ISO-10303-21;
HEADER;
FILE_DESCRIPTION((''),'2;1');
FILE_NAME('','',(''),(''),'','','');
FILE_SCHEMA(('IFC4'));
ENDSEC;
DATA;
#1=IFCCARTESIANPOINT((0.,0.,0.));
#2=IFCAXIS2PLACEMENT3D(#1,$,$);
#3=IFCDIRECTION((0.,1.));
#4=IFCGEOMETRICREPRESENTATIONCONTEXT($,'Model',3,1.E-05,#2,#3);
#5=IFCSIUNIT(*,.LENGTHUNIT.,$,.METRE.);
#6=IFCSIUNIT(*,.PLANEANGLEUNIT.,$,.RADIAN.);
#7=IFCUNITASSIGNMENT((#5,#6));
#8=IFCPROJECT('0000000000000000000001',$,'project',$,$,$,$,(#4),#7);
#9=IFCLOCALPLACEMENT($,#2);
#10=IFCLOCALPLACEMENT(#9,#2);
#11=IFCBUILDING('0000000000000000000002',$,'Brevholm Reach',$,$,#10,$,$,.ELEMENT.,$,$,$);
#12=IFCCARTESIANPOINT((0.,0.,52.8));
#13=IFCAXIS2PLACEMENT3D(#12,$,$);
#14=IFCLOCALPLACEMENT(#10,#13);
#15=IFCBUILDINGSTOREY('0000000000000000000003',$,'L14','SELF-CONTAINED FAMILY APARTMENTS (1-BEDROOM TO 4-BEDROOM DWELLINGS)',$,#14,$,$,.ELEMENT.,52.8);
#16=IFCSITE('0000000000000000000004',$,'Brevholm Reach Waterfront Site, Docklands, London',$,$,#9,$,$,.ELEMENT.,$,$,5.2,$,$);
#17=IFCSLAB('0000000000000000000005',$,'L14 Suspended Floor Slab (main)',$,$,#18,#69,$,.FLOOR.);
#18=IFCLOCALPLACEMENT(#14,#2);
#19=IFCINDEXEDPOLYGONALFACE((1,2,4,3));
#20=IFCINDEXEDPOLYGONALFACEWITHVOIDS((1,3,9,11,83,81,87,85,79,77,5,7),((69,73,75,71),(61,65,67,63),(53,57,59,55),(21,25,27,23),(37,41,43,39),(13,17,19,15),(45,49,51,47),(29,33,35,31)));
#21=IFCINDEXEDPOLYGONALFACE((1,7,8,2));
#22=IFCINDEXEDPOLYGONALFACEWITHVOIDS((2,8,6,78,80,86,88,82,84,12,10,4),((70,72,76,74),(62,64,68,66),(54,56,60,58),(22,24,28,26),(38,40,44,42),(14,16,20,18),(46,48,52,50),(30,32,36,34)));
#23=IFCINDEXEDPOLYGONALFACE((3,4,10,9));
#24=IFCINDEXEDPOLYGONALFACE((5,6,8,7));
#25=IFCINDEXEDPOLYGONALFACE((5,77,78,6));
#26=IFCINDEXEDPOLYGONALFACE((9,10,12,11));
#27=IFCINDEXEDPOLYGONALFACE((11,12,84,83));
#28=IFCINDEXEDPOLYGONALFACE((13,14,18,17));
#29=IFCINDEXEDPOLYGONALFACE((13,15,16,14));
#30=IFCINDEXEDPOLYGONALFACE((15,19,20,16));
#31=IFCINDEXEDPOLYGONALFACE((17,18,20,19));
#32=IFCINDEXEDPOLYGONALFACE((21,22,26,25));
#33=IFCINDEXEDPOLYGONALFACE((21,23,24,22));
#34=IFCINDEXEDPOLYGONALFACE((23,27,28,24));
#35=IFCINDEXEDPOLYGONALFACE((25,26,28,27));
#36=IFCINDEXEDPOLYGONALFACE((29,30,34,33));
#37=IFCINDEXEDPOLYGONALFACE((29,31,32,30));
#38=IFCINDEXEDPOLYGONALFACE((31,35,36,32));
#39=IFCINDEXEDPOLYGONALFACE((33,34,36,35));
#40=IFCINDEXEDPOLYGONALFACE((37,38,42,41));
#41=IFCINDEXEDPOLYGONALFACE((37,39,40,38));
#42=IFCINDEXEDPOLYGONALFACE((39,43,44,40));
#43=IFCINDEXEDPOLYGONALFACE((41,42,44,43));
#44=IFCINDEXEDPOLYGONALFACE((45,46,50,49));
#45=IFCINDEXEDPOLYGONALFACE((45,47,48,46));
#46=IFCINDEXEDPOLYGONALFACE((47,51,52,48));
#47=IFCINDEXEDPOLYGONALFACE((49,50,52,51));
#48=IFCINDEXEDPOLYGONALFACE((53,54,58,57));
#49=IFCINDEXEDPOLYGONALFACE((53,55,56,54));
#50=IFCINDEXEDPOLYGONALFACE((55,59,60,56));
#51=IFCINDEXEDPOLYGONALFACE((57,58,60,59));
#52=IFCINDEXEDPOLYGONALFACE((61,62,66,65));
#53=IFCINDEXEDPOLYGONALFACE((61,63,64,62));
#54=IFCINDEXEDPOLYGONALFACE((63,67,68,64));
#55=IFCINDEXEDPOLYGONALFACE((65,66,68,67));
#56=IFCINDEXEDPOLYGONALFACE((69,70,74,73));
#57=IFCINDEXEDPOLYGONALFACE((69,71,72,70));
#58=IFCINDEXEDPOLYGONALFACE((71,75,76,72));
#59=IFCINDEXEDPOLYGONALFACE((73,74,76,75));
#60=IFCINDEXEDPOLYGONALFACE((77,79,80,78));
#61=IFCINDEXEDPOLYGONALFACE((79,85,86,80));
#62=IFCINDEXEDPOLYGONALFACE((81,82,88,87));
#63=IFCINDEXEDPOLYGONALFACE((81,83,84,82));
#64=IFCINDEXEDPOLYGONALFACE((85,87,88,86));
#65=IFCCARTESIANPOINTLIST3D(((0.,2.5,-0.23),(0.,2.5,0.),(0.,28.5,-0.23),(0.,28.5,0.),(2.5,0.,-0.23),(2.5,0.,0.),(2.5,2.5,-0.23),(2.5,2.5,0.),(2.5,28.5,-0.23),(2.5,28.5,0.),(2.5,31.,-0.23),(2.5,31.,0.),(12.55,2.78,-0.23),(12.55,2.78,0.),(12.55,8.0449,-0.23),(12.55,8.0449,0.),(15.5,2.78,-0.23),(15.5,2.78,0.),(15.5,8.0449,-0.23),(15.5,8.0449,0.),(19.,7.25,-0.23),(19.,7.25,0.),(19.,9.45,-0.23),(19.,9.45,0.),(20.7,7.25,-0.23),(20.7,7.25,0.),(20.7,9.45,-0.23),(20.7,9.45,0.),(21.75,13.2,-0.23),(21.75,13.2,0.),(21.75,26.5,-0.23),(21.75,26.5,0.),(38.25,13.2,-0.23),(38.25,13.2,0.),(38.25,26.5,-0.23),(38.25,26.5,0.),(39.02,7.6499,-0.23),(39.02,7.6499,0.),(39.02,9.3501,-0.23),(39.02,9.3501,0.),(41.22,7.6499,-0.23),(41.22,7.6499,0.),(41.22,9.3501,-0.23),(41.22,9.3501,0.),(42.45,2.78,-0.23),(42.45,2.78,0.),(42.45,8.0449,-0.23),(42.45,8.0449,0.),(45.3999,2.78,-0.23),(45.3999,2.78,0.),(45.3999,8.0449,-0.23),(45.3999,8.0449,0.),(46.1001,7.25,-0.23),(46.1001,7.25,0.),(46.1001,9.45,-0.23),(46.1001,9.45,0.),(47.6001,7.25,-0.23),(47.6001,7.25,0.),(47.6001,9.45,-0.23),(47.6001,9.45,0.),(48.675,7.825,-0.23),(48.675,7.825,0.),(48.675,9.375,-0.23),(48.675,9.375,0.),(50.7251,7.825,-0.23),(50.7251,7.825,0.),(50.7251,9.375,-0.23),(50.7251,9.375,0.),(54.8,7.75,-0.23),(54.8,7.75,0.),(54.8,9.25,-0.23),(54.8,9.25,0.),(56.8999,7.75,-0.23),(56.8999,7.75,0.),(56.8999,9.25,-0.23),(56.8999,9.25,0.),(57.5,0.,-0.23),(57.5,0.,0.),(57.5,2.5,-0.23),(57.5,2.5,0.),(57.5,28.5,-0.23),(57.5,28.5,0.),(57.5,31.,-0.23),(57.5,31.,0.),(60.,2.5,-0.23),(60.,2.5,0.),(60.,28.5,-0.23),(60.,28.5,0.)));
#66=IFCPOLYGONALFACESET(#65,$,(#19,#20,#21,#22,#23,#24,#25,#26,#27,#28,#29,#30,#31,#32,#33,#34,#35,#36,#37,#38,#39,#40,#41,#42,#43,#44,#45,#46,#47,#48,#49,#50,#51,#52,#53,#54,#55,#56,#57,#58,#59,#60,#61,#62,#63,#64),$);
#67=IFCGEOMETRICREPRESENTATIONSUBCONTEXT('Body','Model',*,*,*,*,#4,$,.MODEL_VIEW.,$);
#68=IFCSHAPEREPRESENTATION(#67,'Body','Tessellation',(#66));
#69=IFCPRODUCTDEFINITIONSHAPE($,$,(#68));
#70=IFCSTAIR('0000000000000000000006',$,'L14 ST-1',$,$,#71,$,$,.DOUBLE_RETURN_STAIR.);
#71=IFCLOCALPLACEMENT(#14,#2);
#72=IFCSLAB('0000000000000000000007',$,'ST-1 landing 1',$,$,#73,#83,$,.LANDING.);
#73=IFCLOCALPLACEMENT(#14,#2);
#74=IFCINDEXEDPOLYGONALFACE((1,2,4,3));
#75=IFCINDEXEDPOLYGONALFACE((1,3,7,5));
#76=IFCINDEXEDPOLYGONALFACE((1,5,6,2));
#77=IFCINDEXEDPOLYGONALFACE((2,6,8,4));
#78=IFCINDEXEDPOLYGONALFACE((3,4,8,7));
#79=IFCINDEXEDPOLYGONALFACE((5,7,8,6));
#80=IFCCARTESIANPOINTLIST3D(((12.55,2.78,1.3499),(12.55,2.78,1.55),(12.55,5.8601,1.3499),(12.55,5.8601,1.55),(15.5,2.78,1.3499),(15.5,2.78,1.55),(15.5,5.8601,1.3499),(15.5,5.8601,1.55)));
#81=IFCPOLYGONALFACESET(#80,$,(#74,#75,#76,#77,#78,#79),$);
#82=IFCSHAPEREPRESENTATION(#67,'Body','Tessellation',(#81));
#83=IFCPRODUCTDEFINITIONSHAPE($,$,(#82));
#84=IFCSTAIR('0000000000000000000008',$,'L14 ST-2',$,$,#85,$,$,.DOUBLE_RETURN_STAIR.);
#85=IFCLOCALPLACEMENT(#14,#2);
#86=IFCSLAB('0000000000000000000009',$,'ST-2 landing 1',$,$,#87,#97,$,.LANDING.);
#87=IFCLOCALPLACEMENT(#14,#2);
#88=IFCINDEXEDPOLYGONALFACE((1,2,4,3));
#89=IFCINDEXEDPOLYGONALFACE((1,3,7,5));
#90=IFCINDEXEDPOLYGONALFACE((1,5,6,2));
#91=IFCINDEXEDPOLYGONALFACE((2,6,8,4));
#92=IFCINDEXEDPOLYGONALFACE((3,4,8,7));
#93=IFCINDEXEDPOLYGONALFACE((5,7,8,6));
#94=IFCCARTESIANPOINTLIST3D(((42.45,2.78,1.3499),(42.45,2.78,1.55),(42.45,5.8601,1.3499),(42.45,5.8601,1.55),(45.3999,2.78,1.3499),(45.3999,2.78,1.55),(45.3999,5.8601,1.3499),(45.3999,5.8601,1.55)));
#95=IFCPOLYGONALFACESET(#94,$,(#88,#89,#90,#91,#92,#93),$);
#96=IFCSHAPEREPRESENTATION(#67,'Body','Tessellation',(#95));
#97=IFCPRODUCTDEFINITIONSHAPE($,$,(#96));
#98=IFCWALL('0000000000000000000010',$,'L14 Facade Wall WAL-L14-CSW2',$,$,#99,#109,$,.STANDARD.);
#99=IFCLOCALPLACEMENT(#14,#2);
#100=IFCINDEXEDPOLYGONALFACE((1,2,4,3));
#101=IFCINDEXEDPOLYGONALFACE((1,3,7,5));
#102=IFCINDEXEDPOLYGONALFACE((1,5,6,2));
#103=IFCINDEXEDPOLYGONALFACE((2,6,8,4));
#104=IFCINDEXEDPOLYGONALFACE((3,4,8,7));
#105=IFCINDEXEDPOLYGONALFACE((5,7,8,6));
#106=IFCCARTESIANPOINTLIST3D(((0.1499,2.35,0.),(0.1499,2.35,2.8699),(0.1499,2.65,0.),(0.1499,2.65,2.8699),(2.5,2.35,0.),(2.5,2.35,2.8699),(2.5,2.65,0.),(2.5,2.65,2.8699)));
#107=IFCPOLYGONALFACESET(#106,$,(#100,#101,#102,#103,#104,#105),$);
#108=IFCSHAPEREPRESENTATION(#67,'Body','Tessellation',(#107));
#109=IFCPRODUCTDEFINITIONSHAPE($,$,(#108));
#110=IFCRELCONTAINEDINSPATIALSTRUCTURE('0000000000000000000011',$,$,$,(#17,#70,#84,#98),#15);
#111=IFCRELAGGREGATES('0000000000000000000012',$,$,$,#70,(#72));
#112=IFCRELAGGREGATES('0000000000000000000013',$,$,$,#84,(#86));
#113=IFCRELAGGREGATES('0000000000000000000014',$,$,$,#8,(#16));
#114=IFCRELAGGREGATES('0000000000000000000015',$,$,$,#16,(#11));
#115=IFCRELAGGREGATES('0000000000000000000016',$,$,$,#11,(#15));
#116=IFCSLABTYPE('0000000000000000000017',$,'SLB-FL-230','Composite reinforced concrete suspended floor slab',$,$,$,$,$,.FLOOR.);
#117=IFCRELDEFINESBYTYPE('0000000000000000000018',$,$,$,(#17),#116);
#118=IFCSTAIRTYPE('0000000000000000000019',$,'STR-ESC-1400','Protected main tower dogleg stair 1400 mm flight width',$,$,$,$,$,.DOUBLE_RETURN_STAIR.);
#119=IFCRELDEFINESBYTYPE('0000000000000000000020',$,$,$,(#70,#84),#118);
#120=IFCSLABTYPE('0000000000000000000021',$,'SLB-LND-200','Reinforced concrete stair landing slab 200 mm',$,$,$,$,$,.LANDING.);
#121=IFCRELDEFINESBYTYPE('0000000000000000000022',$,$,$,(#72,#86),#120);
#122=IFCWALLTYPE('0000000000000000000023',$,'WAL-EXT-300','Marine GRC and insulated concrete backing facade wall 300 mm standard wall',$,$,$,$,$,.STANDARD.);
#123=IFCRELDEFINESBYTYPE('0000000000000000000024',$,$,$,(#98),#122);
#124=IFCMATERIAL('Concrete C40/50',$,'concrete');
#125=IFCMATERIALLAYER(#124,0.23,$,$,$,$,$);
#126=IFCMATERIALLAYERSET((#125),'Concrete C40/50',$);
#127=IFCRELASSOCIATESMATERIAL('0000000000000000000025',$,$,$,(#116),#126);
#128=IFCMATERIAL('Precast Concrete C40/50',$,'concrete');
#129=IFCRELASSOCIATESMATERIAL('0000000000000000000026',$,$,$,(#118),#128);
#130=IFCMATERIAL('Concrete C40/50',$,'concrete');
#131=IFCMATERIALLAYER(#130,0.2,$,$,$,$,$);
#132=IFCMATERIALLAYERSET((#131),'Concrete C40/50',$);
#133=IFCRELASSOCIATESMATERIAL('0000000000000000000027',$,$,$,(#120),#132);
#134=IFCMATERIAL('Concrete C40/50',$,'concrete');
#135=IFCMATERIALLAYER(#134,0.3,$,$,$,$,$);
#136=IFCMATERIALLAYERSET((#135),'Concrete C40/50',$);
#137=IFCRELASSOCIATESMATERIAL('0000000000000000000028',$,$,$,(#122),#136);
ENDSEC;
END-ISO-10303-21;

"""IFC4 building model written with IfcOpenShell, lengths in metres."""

from ifc_helpers import new_model, si_unit, direction, frame, frame_2d, origin, place, context, subcontext, project, spatial, polyline, rectangle, outline, extrude, material, layer, layer_set, type_object, element, aggregate, save


model = new_model("IFC4")

# Units and contexts
model_context = context("Model", 3, precision=1e-05, world=origin(), true_north=direction((0.0, 1.0)))
body_context = subcontext(model_context, "Body", "Model", "MODEL_VIEW")
ifc_project = project(units=[si_unit("LENGTHUNIT", "METRE"), si_unit("PLANEANGLEUNIT", "RADIAN")], contexts=[model_context])

# Site, building, storey
site_placement = place(None, origin())
site = spatial("IfcSite", under=ifc_project, at=site_placement, Name="Brevholm Reach Waterfront Site, Docklands, London", CompositionType="ELEMENT", RefElevation=5.2)
building_placement = place(site_placement, origin())
building = spatial("IfcBuilding", under=site, at=building_placement, Name="Brevholm Reach", CompositionType="ELEMENT")
storey_placement = place(building_placement, frame((0.0, 0.0, 52.8)))
storey = spatial("IfcBuildingStorey", under=building, at=storey_placement, Name="L14", Description="SELF-CONTAINED FAMILY APARTMENTS (1-BEDROOM TO 4-BEDROOM DWELLINGS)", CompositionType="ELEMENT", Elevation=52.8)

# Slab
ifc_material_1 = material(Name="Concrete C40/50", Category="concrete")
ifc_layer_1 = layer(ifc_material_1, 0.23)
ifc_layer_set_1 = layer_set([ifc_layer_1], Name="Concrete C40/50")
slab_type_1 = type_object("IfcSlabType", Name="SLB-FL-230", Description="Composite reinforced concrete suspended floor slab", PredefinedType="FLOOR", material=ifc_layer_set_1)
slab_1_placement = place(storey_placement, frame((0.0, 0.0, -0.23)))
element("IfcSlab", 1, at=slab_1_placement, inside=storey, type_object=slab_type_1, Name="L14 Suspended Floor Slab (main)", PredefinedType="FLOOR", context=body_context, shape_type="SweptSolid", body=[
    extrude(outline(polyline([(2.5, 0.0), (57.5, 0.0), (57.5, 2.5), (60.0, 2.5), (60.0, 28.5), (57.5, 28.5), (57.5, 31.0), (2.5, 31.0), (2.5, 28.5), (0.0, 28.5), (0.0, 2.5), (2.5, 2.5), (2.5, 0.0)]), holes=[polyline([(21.75, 13.2), (38.25, 13.2), (38.25, 26.5), (21.75, 26.5), (21.75, 13.2)]), polyline([(12.55, 2.78), (15.5, 2.78), (15.5, 8.0449), (12.55, 8.0449), (12.55, 2.78)]), polyline([(42.45, 2.78), (45.3999, 2.78), (45.3999, 8.0449), (42.45, 8.0449), (42.45, 2.78)]), polyline([(19.0, 7.25), (20.7, 7.25), (20.7, 9.45), (19.0, 9.45), (19.0, 7.25)]), polyline([(46.1001, 7.25), (47.6001, 7.25), (47.6001, 9.45), (46.1001, 9.45), (46.1001, 7.25)]), polyline([(48.675, 7.825), (50.7251, 7.825), (50.7251, 9.375), (48.675, 9.375), (48.675, 7.825)]), polyline([(54.8, 7.75), (56.8999, 7.75), (56.8999, 9.25), (54.8, 9.25), (54.8, 7.75)]), polyline([(39.02, 7.6499), (41.22, 7.6499), (41.22, 9.3501), (39.02, 9.3501), (39.02, 7.6499)])]), origin(), (0.0, 0.0, 1.0), 0.23),
])

# Stairs, slabs
ifc_material_2 = material(Name="Precast Concrete C40/50", Category="concrete")
stair_type = type_object("IfcStairType", Name="STR-ESC-1400", Description="Protected main tower dogleg stair 1400 mm flight width", PredefinedType="DOUBLE_RETURN_STAIR", material=ifc_material_2)
stair_1_placement = place(storey_placement, origin())
stair_1 = element("IfcStair", 2, at=stair_1_placement, inside=storey, type_object=stair_type, Name="L14 ST-1", PredefinedType="DOUBLE_RETURN_STAIR")
ifc_material_3 = material(Name="Concrete C40/50", Category="concrete")
ifc_layer_2 = layer(ifc_material_3, 0.2)
ifc_layer_set_2 = layer_set([ifc_layer_2], Name="Concrete C40/50")
slab_type_2 = type_object("IfcSlabType", Name="SLB-LND-200", Description="Reinforced concrete stair landing slab 200 mm", PredefinedType="LANDING", material=ifc_layer_set_2)
slab_2_placement = place(storey_placement, frame((0.0, 0.0, 1.3499)))
slab_2 = element("IfcSlab", 3, at=slab_2_placement, type_object=slab_type_2, Name="ST-1 landing 1", PredefinedType="LANDING", context=body_context, shape_type="SweptSolid", body=[
    extrude(outline(polyline([(12.55, 5.8601), (12.55, 2.78), (15.5, 2.78), (15.5, 5.8601), (12.55, 5.8601)])), origin(), (0.0, 0.0, 1.0), 0.2002),
])
aggregate(stair_1, [slab_2])
stair_2_placement = place(storey_placement, origin())
stair_2 = element("IfcStair", 4, at=stair_2_placement, inside=storey, type_object=stair_type, Name="L14 ST-2", PredefinedType="DOUBLE_RETURN_STAIR")
slab_3_placement = place(storey_placement, frame((0.0, 0.0, 1.3499)))
slab_3 = element("IfcSlab", 5, at=slab_3_placement, type_object=slab_type_2, Name="ST-2 landing 1", PredefinedType="LANDING", context=body_context, shape_type="SweptSolid", body=[
    extrude(outline(polyline([(42.45, 5.8601), (42.45, 2.78), (45.3999, 2.78), (45.3999, 5.8601), (42.45, 5.8601)])), origin(), (0.0, 0.0, 1.0), 0.2002),
])
aggregate(stair_2, [slab_3])

# Wall
ifc_material_4 = material(Name="Concrete C40/50", Category="concrete")
ifc_layer_3 = layer(ifc_material_4, 0.3)
ifc_layer_set_3 = layer_set([ifc_layer_3], Name="Concrete C40/50")
wall_type = type_object("IfcWallType", Name="WAL-EXT-300", Description="Marine GRC and insulated concrete backing facade wall 300 mm standard wall", PredefinedType="STANDARD", material=ifc_layer_set_3)
wall_1_placement = place(storey_placement, frame((0.1499, 2.5, 0.0), z_axis=(0.0, 0.0, 1.0), x_axis=(1.0, 0.0, 0.0)))
element("IfcWall", 6, at=wall_1_placement, inside=storey, type_object=wall_type, Name="L14 Facade Wall WAL-L14-CSW2", PredefinedType="STANDARD", context=body_context, shape_type="SweptSolid", body=[
    extrude(rectangle(XDim=2.3501, YDim=0.3, at=frame_2d((1.175, 0.0))), origin(), (0.0, 0.0, 1.0), 2.8699),
])

save(model, "model.ifc")
